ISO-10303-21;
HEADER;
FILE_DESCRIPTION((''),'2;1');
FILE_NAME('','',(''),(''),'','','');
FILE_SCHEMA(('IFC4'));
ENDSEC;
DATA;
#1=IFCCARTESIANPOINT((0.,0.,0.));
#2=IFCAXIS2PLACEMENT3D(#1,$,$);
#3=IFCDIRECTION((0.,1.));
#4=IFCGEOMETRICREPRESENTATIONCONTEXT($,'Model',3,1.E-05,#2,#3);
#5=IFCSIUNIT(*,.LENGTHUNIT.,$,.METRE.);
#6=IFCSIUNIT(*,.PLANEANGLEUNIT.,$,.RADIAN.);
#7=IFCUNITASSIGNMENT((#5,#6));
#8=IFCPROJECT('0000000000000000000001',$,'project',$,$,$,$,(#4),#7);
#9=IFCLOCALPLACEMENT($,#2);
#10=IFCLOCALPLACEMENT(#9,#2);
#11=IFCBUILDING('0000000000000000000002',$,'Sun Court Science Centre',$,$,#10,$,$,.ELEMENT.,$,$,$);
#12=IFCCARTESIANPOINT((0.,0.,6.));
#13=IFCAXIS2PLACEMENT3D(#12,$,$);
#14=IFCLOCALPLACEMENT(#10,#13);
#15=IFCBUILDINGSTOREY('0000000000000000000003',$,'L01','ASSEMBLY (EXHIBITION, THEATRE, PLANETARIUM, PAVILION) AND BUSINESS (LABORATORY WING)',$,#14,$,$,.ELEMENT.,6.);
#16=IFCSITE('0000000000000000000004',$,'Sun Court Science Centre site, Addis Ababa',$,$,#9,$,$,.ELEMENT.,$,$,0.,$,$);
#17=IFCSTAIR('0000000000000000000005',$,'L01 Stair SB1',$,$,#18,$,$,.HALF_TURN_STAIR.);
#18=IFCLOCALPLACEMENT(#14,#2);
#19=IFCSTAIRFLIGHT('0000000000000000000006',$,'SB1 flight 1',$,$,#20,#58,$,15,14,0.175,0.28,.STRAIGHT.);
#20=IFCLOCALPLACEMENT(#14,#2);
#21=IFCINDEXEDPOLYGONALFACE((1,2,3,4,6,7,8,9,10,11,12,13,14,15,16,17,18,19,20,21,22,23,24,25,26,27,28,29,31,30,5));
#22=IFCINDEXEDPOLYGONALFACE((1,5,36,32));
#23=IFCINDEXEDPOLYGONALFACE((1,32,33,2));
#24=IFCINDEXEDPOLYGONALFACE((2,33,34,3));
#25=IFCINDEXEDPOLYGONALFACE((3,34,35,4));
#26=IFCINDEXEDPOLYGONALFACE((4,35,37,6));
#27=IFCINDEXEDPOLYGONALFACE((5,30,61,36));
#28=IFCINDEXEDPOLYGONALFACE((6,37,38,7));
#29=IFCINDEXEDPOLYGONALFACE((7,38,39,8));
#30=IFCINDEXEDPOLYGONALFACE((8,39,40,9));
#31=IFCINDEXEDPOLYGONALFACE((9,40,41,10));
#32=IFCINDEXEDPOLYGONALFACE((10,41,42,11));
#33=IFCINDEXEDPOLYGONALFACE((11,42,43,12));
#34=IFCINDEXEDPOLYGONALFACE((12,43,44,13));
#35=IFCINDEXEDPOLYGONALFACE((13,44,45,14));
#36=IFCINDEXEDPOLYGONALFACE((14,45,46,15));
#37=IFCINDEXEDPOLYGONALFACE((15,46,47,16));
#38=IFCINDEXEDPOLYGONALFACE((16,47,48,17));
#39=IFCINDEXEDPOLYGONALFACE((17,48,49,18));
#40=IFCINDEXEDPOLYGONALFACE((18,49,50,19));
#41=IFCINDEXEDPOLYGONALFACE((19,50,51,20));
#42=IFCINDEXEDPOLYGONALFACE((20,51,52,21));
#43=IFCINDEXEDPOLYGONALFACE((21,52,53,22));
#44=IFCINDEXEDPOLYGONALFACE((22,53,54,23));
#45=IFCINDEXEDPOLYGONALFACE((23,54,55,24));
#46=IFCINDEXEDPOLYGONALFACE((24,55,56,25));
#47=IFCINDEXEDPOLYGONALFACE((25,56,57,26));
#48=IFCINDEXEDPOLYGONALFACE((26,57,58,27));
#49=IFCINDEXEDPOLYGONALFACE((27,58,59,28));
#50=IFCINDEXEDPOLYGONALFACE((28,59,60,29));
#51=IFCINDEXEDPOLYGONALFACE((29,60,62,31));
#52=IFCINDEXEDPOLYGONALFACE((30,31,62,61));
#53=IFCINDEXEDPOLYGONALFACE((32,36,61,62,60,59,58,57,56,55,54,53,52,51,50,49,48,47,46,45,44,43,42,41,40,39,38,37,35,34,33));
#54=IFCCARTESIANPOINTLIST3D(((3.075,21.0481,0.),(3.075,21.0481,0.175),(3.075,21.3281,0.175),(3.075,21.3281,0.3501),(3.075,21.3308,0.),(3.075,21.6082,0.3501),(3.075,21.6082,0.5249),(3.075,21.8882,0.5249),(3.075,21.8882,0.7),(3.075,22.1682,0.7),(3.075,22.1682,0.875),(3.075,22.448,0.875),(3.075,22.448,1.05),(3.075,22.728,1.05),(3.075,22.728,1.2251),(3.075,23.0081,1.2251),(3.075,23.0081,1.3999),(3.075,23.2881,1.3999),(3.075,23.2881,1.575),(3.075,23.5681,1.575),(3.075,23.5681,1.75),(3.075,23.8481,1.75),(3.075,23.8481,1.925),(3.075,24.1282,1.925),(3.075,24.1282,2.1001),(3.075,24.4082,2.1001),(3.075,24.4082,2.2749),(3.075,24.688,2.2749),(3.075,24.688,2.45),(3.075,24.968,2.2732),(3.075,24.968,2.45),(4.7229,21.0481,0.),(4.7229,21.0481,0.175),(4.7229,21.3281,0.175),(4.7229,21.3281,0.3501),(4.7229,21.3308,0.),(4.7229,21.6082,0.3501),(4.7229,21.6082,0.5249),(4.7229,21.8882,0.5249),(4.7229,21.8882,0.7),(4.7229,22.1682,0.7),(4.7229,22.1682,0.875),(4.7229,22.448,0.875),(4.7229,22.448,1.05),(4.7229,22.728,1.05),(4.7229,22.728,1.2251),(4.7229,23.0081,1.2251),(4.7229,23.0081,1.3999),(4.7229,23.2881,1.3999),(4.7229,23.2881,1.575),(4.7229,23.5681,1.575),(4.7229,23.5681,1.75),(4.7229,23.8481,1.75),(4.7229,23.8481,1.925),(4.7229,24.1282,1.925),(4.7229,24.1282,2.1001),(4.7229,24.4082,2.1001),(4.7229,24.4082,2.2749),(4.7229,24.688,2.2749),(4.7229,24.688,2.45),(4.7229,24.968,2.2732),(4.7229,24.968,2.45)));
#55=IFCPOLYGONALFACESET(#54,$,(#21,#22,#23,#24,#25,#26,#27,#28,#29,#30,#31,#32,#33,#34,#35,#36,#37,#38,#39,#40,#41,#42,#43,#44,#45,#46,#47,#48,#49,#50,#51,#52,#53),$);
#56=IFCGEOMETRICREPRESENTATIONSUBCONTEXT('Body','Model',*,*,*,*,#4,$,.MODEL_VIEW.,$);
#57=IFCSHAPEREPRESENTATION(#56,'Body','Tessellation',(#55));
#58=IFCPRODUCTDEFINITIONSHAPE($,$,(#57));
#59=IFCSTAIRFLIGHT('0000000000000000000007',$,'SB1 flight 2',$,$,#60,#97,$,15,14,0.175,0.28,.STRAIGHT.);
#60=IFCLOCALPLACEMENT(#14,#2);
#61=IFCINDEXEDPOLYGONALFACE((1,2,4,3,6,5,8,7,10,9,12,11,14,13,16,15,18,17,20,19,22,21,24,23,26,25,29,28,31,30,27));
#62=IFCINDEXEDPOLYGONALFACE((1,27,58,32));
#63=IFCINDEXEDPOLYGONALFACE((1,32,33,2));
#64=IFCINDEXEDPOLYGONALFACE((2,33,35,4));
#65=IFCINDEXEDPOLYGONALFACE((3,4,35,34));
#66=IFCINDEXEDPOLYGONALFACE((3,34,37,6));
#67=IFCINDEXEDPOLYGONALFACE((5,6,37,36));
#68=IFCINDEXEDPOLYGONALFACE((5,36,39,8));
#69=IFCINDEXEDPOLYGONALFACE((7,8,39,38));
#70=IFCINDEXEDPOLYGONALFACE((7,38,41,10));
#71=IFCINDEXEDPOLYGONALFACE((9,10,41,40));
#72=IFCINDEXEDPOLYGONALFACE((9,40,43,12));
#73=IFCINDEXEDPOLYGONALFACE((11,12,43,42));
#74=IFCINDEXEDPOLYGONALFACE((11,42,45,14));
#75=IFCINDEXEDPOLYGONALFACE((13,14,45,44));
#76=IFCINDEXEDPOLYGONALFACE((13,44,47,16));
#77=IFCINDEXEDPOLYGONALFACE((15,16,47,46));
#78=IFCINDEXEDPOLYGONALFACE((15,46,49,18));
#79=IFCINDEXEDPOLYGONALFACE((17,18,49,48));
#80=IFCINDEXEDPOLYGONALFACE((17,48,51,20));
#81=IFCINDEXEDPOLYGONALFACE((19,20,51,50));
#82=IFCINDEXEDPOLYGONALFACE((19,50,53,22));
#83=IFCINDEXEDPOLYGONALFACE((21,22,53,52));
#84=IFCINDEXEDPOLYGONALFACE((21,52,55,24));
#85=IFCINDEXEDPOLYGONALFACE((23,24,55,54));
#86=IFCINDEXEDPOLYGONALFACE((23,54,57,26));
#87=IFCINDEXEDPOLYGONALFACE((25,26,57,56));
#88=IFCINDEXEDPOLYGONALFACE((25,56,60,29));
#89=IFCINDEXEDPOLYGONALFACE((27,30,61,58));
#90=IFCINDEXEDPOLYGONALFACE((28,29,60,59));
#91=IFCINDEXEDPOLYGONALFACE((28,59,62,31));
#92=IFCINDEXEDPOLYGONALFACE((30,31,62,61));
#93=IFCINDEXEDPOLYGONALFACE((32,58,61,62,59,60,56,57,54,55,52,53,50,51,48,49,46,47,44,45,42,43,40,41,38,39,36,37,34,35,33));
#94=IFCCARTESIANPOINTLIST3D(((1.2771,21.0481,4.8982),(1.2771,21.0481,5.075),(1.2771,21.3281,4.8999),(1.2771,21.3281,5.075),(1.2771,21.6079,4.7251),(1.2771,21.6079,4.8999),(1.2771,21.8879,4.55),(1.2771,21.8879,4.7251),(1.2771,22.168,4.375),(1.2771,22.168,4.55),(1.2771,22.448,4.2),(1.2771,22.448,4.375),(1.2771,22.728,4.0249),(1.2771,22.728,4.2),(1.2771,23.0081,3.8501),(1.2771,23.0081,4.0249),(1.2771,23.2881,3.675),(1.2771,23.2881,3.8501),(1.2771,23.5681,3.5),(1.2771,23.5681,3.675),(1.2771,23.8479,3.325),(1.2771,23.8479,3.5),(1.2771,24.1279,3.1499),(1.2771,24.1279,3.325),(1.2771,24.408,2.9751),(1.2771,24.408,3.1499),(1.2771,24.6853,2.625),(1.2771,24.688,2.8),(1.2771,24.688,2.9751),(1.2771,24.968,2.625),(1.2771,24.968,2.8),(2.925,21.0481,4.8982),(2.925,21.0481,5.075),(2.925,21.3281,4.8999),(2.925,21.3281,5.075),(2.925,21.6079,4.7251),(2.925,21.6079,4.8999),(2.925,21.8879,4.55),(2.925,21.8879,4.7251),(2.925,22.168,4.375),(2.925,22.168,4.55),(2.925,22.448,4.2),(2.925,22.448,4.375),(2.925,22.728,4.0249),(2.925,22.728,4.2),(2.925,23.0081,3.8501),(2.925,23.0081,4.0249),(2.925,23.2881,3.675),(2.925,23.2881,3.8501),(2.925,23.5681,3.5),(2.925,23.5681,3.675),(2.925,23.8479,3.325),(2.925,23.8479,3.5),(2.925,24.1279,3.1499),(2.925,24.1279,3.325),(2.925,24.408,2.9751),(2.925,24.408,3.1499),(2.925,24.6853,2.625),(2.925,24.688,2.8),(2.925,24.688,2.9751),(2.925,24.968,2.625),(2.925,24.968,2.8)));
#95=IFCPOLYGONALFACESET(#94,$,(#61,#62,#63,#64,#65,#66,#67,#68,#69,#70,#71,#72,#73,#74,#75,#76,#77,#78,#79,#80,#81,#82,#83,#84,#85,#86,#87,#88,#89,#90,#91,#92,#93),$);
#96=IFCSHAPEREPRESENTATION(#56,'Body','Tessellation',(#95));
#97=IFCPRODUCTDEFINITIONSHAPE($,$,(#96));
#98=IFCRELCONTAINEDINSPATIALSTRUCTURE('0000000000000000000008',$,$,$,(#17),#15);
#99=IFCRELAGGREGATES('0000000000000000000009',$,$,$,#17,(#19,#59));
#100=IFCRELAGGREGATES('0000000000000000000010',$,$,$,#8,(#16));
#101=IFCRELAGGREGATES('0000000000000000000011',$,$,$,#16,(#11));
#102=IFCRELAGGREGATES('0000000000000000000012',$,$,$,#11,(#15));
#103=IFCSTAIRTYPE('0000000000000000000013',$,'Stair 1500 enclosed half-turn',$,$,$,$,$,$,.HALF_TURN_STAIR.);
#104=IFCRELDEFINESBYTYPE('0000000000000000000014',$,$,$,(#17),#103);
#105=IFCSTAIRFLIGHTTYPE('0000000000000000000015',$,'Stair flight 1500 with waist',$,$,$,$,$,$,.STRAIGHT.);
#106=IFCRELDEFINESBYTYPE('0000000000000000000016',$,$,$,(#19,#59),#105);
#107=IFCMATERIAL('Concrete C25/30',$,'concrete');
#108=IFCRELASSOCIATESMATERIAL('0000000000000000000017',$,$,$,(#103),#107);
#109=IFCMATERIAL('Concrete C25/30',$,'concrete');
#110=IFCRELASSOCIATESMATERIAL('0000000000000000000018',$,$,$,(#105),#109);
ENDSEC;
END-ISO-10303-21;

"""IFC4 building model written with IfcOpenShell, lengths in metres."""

from ifc_helpers import new_model, si_unit, direction, frame, origin, place, context, subcontext, project, spatial, polyline, outline, extrude, material, type_object, element, aggregate, save


model = new_model("IFC4")

# Units and contexts
model_context = context("Model", 3, precision=1e-05, world=origin(), true_north=direction((0.0, 1.0)))
body_context = subcontext(model_context, "Body", "Model", "MODEL_VIEW")
ifc_project = project(units=[si_unit("LENGTHUNIT", "METRE"), si_unit("PLANEANGLEUNIT", "RADIAN")], contexts=[model_context])

# Site, building, storey
site_placement = place(None, origin())
site = spatial("IfcSite", under=ifc_project, at=site_placement, Name="Sun Court Science Centre site, Addis Ababa", CompositionType="ELEMENT", RefElevation=0.0)
building_placement = place(site_placement, origin())
building = spatial("IfcBuilding", under=site, at=building_placement, Name="Sun Court Science Centre", CompositionType="ELEMENT")
storey_placement = place(building_placement, frame((0.0, 0.0, 6.0)))
storey = spatial("IfcBuildingStorey", under=building, at=storey_placement, Name="L01", Description="ASSEMBLY (EXHIBITION, THEATRE, PLANETARIUM, PAVILION) AND BUSINESS (LABORATORY WING)", CompositionType="ELEMENT", Elevation=6.0)

# Stair, stair flights
ifc_material_1 = material(Name="Concrete C25/30", Category="concrete")
stair_type = type_object("IfcStairType", Name="Stair 1500 enclosed half-turn", PredefinedType="HALF_TURN_STAIR", material=ifc_material_1)
stair_placement = place(storey_placement, origin())
stair = element("IfcStair", 1, at=stair_placement, inside=storey, type_object=stair_type, Name="L01 Stair SB1", PredefinedType="HALF_TURN_STAIR")
ifc_material_2 = material(Name="Concrete C25/30", Category="concrete")
stair_flight_type = type_object("IfcStairFlightType", Name="Stair flight 1500 with waist", PredefinedType="STRAIGHT", material=ifc_material_2)
stair_flight_1_placement = place(storey_placement, frame((3.8989, 21.0481, 0.0), z_axis=(0.0, 0.0, 1.0), x_axis=(0.0, 1.0, 0.0)))
stair_flight_1 = element("IfcStairFlight", 2, at=stair_flight_1_placement, type_object=stair_flight_type, Name="SB1 flight 1", NumberOfRisers=15, NumberOfTreads=14, PredefinedType="STRAIGHT", RiserHeight=0.175, TreadLength=0.28, context=body_context, shape_type="SweptSolid", body=[
    extrude(outline(polyline([(0.0, 0.0), (0.0, 0.175), (0.28, 0.175), (0.28, 0.3501), (0.5601, 0.3501), (0.5601, 0.5249), (0.8401, 0.5249), (0.8401, 0.7), (1.1201, 0.7), (1.1201, 0.875), (1.3999, 0.875), (1.3999, 1.05), (1.6799, 1.05), (1.6799, 1.2251), (1.96, 1.2251), (1.96, 1.3999), (2.24, 1.3999), (2.24, 1.575), (2.52, 1.575), (2.52, 1.75), (2.8, 1.75), (2.8, 1.925), (3.0801, 1.925), (3.0801, 2.1001), (3.3601, 2.1001), (3.3601, 2.2749), (3.6399, 2.2749), (3.6399, 2.45), (3.9199, 2.45), (3.9199, 2.625), (3.9199, 2.2732), (0.2827, 0.0), (0.0, 0.0)])), frame((0.0, 0.824, 0.0), z_axis=(0.0, -1.0, 0.0), x_axis=(1.0, 0.0, 0.0)), (0.0, 0.0, 1.0), 1.6479),
])
stair_flight_2_placement = place(storey_placement, frame((2.1011, 24.968, 2.625), z_axis=(0.0, 0.0, 1.0), x_axis=(0.0, -1.0, 0.0)))
stair_flight_2 = element("IfcStairFlight", 3, at=stair_flight_2_placement, type_object=stair_flight_type, Name="SB1 flight 2", NumberOfRisers=15, NumberOfTreads=14, PredefinedType="STRAIGHT", RiserHeight=0.175, TreadLength=0.28, context=body_context, shape_type="SweptSolid", body=[
    extrude(outline(polyline([(0.0, 0.0), (0.0, 0.175), (0.28, 0.175), (0.28, 0.3501), (0.5601, 0.3501), (0.5601, 0.5249), (0.8401, 0.5249), (0.8401, 0.7), (1.1201, 0.7), (1.1201, 0.875), (1.3999, 0.875), (1.3999, 1.05), (1.6799, 1.05), (1.6799, 1.2251), (1.96, 1.2251), (1.96, 1.3999), (2.24, 1.3999), (2.24, 1.575), (2.52, 1.575), (2.52, 1.75), (2.8, 1.75), (2.8, 1.925), (3.0801, 1.925), (3.0801, 2.1001), (3.3601, 2.1001), (3.3601, 2.2749), (3.6399, 2.2749), (3.6399, 2.45), (3.9199, 2.45), (3.9199, 2.625), (3.9199, 2.2732), (0.2827, 0.0), (0.0, 0.0)])), frame((0.0, 0.824, 0.0), z_axis=(0.0, -1.0, 0.0), x_axis=(1.0, 0.0, 0.0)), (0.0, 0.0, 1.0), 1.6479),
])
aggregate(stair, [stair_flight_1, stair_flight_2])

save(model, "model.ifc")
